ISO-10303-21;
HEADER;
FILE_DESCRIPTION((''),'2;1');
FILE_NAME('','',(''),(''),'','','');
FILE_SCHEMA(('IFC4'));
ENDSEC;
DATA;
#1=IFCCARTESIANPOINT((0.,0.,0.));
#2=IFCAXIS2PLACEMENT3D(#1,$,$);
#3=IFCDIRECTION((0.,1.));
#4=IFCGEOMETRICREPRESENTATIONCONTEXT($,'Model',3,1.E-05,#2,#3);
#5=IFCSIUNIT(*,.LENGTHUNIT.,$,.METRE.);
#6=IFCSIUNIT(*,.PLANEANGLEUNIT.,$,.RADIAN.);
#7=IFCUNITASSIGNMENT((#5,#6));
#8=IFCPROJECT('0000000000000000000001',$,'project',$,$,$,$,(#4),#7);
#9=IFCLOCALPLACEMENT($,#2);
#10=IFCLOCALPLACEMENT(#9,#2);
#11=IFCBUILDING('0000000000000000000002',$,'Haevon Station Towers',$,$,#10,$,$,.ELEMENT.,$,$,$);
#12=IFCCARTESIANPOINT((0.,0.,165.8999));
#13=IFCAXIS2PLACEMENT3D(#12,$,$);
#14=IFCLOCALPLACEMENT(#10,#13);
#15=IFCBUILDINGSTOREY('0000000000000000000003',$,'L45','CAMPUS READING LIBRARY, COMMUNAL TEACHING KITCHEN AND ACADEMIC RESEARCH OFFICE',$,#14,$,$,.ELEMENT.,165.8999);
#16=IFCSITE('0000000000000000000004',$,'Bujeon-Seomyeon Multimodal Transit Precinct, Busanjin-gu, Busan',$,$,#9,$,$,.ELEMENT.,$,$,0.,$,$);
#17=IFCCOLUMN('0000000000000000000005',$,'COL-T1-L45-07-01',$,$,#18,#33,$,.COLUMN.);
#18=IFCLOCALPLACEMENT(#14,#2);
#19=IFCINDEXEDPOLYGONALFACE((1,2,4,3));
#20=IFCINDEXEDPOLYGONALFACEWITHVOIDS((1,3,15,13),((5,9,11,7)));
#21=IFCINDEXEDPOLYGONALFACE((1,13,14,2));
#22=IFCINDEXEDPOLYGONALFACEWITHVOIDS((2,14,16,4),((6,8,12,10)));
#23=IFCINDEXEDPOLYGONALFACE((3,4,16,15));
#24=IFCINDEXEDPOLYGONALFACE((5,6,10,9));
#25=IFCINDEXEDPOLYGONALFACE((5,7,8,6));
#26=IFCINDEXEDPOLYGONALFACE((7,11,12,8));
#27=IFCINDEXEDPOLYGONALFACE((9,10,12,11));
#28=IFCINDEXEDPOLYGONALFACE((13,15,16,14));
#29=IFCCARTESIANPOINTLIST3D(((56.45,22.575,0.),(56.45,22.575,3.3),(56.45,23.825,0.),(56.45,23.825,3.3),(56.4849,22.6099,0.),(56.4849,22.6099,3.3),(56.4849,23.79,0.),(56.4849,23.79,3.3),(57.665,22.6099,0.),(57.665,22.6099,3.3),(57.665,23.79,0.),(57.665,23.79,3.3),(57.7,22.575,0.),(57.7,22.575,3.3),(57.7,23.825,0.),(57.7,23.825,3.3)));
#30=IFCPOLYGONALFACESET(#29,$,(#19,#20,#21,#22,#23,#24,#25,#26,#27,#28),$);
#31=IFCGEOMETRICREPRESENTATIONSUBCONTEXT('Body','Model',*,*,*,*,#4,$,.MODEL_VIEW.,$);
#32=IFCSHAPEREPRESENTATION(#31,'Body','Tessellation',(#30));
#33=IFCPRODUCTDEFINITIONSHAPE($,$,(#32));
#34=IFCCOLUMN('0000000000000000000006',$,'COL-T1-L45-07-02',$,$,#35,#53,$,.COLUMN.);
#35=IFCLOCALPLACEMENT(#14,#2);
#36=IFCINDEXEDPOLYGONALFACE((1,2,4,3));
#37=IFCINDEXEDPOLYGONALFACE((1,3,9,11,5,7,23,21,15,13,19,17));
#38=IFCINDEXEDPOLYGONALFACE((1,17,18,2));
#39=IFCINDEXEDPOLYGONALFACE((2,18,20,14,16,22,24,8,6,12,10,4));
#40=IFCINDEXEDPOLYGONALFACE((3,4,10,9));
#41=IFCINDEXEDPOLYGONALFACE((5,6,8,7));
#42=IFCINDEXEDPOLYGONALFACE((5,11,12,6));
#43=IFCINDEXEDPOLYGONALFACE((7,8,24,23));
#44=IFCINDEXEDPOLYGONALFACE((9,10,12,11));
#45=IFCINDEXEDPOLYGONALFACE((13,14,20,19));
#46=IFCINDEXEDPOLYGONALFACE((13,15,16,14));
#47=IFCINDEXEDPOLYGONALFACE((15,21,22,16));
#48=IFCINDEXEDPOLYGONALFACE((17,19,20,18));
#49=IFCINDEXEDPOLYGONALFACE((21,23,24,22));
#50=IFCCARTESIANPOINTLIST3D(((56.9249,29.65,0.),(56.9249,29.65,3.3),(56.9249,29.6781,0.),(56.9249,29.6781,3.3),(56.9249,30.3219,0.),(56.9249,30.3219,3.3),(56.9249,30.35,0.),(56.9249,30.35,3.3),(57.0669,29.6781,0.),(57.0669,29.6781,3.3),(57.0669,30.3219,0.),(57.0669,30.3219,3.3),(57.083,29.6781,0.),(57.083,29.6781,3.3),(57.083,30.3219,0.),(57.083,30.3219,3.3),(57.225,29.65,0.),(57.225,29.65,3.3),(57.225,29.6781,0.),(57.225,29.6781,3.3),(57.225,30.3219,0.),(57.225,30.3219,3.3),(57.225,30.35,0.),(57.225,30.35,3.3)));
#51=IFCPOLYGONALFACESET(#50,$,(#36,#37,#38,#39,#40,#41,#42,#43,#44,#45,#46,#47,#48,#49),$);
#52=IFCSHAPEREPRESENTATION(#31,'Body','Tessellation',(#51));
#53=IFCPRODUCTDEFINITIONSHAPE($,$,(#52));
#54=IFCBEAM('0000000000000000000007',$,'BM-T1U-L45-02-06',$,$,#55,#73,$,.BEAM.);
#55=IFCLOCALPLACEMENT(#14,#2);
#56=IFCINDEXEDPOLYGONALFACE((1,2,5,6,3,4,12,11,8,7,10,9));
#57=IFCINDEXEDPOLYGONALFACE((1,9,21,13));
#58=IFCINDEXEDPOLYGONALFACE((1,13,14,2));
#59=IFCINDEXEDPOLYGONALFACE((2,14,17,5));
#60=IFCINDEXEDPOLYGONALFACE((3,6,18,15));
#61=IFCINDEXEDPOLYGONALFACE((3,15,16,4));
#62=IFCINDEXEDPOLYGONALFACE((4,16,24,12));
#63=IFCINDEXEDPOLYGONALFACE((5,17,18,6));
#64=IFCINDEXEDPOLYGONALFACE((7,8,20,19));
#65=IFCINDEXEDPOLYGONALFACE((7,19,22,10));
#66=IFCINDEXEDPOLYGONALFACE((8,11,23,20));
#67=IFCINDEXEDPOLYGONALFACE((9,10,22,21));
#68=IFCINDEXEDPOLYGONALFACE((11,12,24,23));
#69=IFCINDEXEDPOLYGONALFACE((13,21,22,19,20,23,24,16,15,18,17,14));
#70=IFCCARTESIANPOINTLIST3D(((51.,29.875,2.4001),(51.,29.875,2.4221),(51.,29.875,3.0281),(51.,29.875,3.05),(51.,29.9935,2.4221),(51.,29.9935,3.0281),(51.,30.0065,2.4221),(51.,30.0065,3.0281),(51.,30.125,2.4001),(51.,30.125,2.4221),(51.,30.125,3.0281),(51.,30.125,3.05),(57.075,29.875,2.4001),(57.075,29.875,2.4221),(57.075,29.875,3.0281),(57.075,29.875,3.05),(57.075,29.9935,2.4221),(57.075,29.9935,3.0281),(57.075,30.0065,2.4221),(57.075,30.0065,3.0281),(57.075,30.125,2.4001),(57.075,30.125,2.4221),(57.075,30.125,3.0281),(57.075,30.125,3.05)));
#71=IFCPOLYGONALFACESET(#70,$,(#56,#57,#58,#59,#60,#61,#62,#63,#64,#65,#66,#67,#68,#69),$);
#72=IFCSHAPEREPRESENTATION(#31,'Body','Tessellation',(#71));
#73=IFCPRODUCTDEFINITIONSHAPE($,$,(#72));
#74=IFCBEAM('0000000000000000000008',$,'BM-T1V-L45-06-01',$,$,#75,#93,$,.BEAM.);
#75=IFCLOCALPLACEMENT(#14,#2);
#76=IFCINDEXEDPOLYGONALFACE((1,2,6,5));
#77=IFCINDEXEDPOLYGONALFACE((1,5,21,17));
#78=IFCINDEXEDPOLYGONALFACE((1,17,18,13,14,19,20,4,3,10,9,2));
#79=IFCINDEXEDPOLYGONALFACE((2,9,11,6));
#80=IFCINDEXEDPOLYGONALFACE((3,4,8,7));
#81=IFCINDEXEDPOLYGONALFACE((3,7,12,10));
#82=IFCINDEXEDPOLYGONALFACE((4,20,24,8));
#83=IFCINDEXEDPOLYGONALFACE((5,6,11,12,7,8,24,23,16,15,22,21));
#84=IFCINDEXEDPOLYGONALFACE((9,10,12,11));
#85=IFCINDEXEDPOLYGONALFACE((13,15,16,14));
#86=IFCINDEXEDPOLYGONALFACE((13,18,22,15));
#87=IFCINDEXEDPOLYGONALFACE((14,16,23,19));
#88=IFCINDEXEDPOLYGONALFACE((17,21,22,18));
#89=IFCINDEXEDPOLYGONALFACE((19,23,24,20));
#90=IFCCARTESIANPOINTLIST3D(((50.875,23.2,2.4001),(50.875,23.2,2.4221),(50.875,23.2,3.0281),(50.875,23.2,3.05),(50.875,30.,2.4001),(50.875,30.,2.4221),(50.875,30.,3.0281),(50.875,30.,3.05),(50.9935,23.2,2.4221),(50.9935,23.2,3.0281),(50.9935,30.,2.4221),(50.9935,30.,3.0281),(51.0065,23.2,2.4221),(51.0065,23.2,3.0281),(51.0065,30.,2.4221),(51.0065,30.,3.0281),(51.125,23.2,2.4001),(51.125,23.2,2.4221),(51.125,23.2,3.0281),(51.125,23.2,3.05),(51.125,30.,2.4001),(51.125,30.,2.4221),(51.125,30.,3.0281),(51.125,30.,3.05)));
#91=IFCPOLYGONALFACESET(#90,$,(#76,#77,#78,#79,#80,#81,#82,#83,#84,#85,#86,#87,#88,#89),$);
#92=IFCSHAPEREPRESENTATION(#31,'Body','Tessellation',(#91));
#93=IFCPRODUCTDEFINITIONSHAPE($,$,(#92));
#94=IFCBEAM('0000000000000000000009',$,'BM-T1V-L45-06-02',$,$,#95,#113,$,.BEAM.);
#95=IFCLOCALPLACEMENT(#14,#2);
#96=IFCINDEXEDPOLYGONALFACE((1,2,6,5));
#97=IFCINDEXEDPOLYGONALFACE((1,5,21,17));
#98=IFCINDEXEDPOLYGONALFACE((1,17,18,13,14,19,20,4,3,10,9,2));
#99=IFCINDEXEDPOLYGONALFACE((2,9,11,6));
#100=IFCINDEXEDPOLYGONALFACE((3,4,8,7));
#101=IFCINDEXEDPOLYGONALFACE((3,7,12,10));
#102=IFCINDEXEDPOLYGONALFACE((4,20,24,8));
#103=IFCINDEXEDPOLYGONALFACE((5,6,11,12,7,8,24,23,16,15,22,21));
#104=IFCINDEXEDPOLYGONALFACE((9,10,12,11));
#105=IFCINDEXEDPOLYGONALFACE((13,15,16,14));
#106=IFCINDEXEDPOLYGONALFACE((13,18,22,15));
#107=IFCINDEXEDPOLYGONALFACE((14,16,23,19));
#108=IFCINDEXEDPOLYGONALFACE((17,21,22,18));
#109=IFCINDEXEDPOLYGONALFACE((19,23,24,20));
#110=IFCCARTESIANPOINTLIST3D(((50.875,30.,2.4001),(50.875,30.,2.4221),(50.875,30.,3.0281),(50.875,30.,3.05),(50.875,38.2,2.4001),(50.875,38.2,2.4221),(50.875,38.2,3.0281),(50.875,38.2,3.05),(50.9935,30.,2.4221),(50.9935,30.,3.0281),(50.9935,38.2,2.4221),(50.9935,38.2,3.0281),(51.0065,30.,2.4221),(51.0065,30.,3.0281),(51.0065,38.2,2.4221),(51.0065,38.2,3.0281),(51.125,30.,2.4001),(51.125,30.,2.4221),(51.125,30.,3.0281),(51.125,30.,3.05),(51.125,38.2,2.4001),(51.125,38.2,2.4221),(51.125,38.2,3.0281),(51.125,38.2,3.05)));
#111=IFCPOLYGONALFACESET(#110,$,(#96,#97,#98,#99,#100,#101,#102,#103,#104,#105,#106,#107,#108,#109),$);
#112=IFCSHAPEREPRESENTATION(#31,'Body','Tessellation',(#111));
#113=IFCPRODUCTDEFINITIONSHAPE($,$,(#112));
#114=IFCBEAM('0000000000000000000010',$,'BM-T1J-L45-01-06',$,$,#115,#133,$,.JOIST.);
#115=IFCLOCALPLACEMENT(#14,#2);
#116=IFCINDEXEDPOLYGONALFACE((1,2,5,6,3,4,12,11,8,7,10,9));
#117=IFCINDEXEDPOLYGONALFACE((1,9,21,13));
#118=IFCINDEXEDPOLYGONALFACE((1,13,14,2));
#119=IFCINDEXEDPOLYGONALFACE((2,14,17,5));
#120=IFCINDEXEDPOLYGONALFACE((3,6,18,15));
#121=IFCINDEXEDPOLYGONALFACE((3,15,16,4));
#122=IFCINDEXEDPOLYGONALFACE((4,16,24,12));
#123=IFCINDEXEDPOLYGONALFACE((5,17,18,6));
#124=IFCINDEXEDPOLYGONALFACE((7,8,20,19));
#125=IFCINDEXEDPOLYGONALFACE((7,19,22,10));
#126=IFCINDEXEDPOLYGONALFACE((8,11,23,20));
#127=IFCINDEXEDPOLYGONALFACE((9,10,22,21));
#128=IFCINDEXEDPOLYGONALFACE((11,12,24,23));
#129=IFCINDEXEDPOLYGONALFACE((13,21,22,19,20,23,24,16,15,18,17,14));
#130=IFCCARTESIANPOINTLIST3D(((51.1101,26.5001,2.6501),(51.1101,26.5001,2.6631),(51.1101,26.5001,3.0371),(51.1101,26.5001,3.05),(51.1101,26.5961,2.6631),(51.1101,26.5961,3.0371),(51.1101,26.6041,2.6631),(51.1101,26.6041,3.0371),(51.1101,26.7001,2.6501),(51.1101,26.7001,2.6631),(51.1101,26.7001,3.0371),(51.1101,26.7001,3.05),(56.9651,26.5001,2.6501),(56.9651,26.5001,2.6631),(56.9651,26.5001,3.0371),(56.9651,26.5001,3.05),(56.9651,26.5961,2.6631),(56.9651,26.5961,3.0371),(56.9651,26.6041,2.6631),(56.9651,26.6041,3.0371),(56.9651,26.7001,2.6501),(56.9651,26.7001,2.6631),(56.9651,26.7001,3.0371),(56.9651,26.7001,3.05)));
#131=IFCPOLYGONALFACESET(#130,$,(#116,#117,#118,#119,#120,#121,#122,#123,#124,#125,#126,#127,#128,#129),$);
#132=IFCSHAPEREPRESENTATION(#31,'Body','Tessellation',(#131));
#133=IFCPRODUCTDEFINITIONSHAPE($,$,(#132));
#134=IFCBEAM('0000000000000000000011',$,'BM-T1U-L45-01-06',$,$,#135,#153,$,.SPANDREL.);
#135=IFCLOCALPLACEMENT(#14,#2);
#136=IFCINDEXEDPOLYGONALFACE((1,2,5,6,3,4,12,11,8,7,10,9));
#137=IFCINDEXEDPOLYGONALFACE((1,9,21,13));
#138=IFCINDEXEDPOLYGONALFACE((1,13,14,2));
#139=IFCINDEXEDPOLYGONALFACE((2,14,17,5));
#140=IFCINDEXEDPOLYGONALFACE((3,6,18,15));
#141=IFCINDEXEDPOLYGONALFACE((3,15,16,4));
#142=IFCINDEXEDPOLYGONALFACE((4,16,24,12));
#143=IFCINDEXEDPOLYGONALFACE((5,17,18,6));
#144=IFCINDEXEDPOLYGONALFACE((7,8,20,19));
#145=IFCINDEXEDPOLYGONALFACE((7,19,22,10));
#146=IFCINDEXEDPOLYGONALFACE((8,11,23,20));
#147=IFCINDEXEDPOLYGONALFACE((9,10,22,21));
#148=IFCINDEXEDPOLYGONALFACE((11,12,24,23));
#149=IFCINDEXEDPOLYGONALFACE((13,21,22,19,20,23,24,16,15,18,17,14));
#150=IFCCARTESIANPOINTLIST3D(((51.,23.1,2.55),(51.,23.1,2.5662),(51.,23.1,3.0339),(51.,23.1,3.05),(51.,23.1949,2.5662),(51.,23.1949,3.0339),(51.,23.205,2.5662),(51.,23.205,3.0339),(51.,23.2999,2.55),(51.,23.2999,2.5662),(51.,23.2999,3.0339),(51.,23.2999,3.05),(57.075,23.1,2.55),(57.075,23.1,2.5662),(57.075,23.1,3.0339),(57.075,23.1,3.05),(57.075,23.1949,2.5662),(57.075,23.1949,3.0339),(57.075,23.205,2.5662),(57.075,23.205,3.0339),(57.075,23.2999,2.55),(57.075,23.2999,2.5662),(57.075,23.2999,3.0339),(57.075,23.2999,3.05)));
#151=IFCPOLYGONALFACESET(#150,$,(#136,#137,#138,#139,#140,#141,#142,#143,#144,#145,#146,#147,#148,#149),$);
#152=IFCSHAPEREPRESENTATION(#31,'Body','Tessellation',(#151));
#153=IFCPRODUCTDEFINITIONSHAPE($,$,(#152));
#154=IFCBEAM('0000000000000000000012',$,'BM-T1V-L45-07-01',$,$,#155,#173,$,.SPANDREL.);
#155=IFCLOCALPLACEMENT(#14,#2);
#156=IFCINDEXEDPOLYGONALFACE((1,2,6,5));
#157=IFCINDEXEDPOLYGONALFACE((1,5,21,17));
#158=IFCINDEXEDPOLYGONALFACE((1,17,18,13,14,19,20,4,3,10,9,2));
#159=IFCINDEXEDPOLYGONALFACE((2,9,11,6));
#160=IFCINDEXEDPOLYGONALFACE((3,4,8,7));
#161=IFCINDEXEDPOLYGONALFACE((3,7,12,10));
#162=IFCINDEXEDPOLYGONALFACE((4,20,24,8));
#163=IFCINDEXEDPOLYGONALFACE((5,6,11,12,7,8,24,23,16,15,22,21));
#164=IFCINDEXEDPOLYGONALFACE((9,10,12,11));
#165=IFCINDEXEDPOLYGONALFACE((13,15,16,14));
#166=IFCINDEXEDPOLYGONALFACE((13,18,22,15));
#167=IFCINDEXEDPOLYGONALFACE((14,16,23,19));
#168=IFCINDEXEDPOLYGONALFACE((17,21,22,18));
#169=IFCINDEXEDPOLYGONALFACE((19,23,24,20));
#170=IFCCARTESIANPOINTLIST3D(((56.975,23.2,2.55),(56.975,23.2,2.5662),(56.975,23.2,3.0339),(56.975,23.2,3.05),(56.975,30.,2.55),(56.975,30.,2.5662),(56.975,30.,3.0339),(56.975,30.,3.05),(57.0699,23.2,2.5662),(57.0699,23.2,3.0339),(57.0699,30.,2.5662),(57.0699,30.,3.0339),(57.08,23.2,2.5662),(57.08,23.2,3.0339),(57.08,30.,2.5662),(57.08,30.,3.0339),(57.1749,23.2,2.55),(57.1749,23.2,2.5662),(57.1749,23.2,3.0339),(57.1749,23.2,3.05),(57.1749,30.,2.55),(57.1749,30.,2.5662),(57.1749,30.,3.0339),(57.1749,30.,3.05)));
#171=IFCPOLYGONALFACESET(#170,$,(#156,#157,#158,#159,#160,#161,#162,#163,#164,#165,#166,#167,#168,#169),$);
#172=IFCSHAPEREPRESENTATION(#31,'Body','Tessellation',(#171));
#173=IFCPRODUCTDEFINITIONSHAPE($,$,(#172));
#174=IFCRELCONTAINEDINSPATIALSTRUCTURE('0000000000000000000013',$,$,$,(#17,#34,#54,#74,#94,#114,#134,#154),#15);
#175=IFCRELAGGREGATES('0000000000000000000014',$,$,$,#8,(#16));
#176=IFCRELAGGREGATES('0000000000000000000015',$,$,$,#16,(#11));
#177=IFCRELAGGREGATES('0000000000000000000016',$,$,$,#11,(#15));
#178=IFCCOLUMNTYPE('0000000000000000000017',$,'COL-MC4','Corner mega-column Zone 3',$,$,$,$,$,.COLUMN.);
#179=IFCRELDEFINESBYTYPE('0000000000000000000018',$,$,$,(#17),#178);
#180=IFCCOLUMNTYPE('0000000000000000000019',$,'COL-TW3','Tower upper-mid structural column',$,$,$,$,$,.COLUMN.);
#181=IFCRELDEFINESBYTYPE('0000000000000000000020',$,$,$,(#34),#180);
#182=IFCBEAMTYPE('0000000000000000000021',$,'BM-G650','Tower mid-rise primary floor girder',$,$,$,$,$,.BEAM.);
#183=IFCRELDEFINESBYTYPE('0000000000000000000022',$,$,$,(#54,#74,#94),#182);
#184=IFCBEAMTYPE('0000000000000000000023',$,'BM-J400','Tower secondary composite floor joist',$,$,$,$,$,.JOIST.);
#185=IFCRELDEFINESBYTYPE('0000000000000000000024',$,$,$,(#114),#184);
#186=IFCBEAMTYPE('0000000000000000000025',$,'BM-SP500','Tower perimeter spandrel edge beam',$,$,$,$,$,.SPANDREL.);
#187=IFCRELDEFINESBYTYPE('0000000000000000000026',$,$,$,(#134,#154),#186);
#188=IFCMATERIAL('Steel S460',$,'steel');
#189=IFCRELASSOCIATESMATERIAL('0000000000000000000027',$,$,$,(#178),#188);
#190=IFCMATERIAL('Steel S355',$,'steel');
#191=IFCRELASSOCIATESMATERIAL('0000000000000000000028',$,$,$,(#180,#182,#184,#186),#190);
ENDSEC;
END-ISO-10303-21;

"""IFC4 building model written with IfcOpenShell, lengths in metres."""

from ifc_helpers import new_model, si_unit, direction, frame, origin, origin_2d, place, context, subcontext, project, spatial, hollow_rectangle, i_section, extrude, material, material_profile, profile_set, type_object, element, save


model = new_model("IFC4")

# Units and contexts
model_context = context("Model", 3, precision=1e-05, world=origin(), true_north=direction((0.0, 1.0)))
body_context = subcontext(model_context, "Body", "Model", "MODEL_VIEW")
ifc_project = project(units=[si_unit("LENGTHUNIT", "METRE"), si_unit("PLANEANGLEUNIT", "RADIAN")], contexts=[model_context])

# Site, building, storey
site_placement = place(None, origin())
site = spatial("IfcSite", under=ifc_project, at=site_placement, Name="Bujeon-Seomyeon Multimodal Transit Precinct, Busanjin-gu, Busan", CompositionType="ELEMENT", RefElevation=0.0)
building_placement = place(site_placement, origin())
building = spatial("IfcBuilding", under=site, at=building_placement, Name="Haevon Station Towers", CompositionType="ELEMENT")
storey_placement = place(building_placement, frame((0.0, 0.0, 165.8999)))
storey = spatial("IfcBuildingStorey", under=building, at=storey_placement, Name="L45", Description="CAMPUS READING LIBRARY, COMMUNAL TEACHING KITCHEN AND ACADEMIC RESEARCH OFFICE", CompositionType="ELEMENT", Elevation=165.8999)

# Columns
ifc_material_1 = material(Name="Steel S460", Category="steel")
ifc_material_profile_1 = material_profile(ifc_material_1, hollow_rectangle(XDim=1.25, YDim=1.25, WallThickness=0.0349, at=origin_2d()), Name="BOX-1250x1250x35")
ifc_profile_set_1 = profile_set([ifc_material_profile_1], Name="Steel S460")
column_type_1 = type_object("IfcColumnType", Name="COL-MC4", Description="Corner mega-column Zone 3", PredefinedType="COLUMN", material=ifc_profile_set_1)
column_1_placement = place(storey_placement, frame((57.075, 23.2, 0.0), z_axis=(0.0, 0.0, 1.0), x_axis=(1.0, 0.0, 0.0)))
element("IfcColumn", 1, at=column_1_placement, inside=storey, type_object=column_type_1, Name="COL-T1-L45-07-01", PredefinedType="COLUMN", context=body_context, shape_type="SweptSolid", body=[
    extrude(hollow_rectangle(XDim=1.25, YDim=1.25, WallThickness=0.0349, at=origin_2d()), origin(), (0.0, 0.0, 1.0), 3.3),
])
ifc_material_2 = material(Name="Steel S355", Category="steel")
ifc_material_profile_2 = material_profile(ifc_material_2, i_section(OverallWidth=0.3, OverallDepth=0.7, WebThickness=0.0161, FlangeThickness=0.0281, at=origin_2d()), Name="H-700x300x16x28")
ifc_profile_set_2 = profile_set([ifc_material_profile_2], Name="Steel S355")
column_type_2 = type_object("IfcColumnType", Name="COL-TW3", Description="Tower upper-mid structural column", PredefinedType="COLUMN", material=ifc_profile_set_2)
column_2_placement = place(storey_placement, frame((57.075, 30.0, 0.0), z_axis=(0.0, 0.0, 1.0), x_axis=(1.0, 0.0, 0.0)))
element("IfcColumn", 2, at=column_2_placement, inside=storey, type_object=column_type_2, Name="COL-T1-L45-07-02", PredefinedType="COLUMN", context=body_context, shape_type="SweptSolid", body=[
    extrude(i_section(OverallWidth=0.3, OverallDepth=0.7, WebThickness=0.0161, FlangeThickness=0.0281, at=origin_2d()), origin(), (0.0, 0.0, 1.0), 3.3),
])

# Beams
ifc_material_profile_3 = material_profile(ifc_material_2, i_section(OverallWidth=0.25, OverallDepth=0.6499, WebThickness=0.0129, FlangeThickness=0.022, at=origin_2d()), Name="H-650x250x13x22")
ifc_profile_set_3 = profile_set([ifc_material_profile_3], Name="Steel S355")
beam_type_1 = type_object("IfcBeamType", Name="BM-G650", Description="Tower mid-rise primary floor girder", PredefinedType="BEAM", material=ifc_profile_set_3)
beam_1_placement = place(storey_placement, frame((51.0, 30.0, 2.7251), z_axis=(1.0, 0.0, 0.0), x_axis=(0.0, 1.0, 0.0)))
element("IfcBeam", 3, at=beam_1_placement, inside=storey, type_object=beam_type_1, Name="BM-T1U-L45-02-06", PredefinedType="BEAM", context=body_context, shape_type="SweptSolid", body=[
    extrude(i_section(OverallWidth=0.25, OverallDepth=0.6499, WebThickness=0.0129, FlangeThickness=0.022, at=origin_2d()), origin(), (0.0, 0.0, 1.0), 6.075),
])
beam_2_placement = place(storey_placement, frame((51.0, 23.2, 2.7251), z_axis=(0.0, 1.0, 0.0), x_axis=(-1.0, 0.0, 0.0)))
element("IfcBeam", 4, at=beam_2_placement, inside=storey, type_object=beam_type_1, Name="BM-T1V-L45-06-01", PredefinedType="BEAM", context=body_context, shape_type="SweptSolid", body=[
    extrude(i_section(OverallWidth=0.25, OverallDepth=0.6499, WebThickness=0.0129, FlangeThickness=0.022, at=origin_2d()), origin(), (0.0, 0.0, 1.0), 6.8),
])
beam_3_placement = place(storey_placement, frame((51.0, 30.0, 2.7251), z_axis=(0.0, 1.0, 0.0), x_axis=(-1.0, 0.0, 0.0)))
element("IfcBeam", 5, at=beam_3_placement, inside=storey, type_object=beam_type_1, Name="BM-T1V-L45-06-02", PredefinedType="BEAM", context=body_context, shape_type="SweptSolid", body=[
    extrude(i_section(OverallWidth=0.25, OverallDepth=0.6499, WebThickness=0.0129, FlangeThickness=0.022, at=origin_2d()), origin(), (0.0, 0.0, 1.0), 8.2),
])
ifc_material_profile_4 = material_profile(ifc_material_2, i_section(OverallWidth=0.2, OverallDepth=0.3999, WebThickness=0.0081, FlangeThickness=0.0129, at=origin_2d()), Name="H-400x200x8x13")
ifc_profile_set_4 = profile_set([ifc_material_profile_4], Name="Steel S355")
beam_type_2 = type_object("IfcBeamType", Name="BM-J400", Description="Tower secondary composite floor joist", PredefinedType="JOIST", material=ifc_profile_set_4)
beam_4_placement = place(storey_placement, frame((51.1101, 26.6001, 2.8501), z_axis=(1.0, 0.0, 0.0), x_axis=(0.0, 1.0, 0.0)))
element("IfcBeam", 6, at=beam_4_placement, inside=storey, type_object=beam_type_2, Name="BM-T1J-L45-01-06", PredefinedType="JOIST", context=body_context, shape_type="SweptSolid", body=[
    extrude(i_section(OverallWidth=0.2, OverallDepth=0.3999, WebThickness=0.0081, FlangeThickness=0.0129, at=origin_2d()), origin(), (0.0, 0.0, 1.0), 5.855),
])
ifc_material_profile_5 = material_profile(ifc_material_2, i_section(OverallWidth=0.2, OverallDepth=0.5, WebThickness=0.01, FlangeThickness=0.0161, at=origin_2d()), Name="H-500x200x10x16")
ifc_profile_set_5 = profile_set([ifc_material_profile_5], Name="Steel S355")
beam_type_3 = type_object("IfcBeamType", Name="BM-SP500", Description="Tower perimeter spandrel edge beam", PredefinedType="SPANDREL", material=ifc_profile_set_5)
beam_5_placement = place(storey_placement, frame((51.0, 23.2, 2.8), z_axis=(1.0, 0.0, 0.0), x_axis=(0.0, 1.0, 0.0)))
element("IfcBeam", 7, at=beam_5_placement, inside=storey, type_object=beam_type_3, Name="BM-T1U-L45-01-06", PredefinedType="SPANDREL", context=body_context, shape_type="SweptSolid", body=[
    extrude(i_section(OverallWidth=0.2, OverallDepth=0.5, WebThickness=0.01, FlangeThickness=0.0161, at=origin_2d()), origin(), (0.0, 0.0, 1.0), 6.075),
])
beam_6_placement = place(storey_placement, frame((57.075, 23.2, 2.8), z_axis=(0.0, 1.0, 0.0), x_axis=(-1.0, 0.0, 0.0)))
element("IfcBeam", 8, at=beam_6_placement, inside=storey, type_object=beam_type_3, Name="BM-T1V-L45-07-01", PredefinedType="SPANDREL", context=body_context, shape_type="SweptSolid", body=[
    extrude(i_section(OverallWidth=0.2, OverallDepth=0.5, WebThickness=0.01, FlangeThickness=0.0161, at=origin_2d()), origin(), (0.0, 0.0, 1.0), 6.8),
])

save(model, "model.ifc")
